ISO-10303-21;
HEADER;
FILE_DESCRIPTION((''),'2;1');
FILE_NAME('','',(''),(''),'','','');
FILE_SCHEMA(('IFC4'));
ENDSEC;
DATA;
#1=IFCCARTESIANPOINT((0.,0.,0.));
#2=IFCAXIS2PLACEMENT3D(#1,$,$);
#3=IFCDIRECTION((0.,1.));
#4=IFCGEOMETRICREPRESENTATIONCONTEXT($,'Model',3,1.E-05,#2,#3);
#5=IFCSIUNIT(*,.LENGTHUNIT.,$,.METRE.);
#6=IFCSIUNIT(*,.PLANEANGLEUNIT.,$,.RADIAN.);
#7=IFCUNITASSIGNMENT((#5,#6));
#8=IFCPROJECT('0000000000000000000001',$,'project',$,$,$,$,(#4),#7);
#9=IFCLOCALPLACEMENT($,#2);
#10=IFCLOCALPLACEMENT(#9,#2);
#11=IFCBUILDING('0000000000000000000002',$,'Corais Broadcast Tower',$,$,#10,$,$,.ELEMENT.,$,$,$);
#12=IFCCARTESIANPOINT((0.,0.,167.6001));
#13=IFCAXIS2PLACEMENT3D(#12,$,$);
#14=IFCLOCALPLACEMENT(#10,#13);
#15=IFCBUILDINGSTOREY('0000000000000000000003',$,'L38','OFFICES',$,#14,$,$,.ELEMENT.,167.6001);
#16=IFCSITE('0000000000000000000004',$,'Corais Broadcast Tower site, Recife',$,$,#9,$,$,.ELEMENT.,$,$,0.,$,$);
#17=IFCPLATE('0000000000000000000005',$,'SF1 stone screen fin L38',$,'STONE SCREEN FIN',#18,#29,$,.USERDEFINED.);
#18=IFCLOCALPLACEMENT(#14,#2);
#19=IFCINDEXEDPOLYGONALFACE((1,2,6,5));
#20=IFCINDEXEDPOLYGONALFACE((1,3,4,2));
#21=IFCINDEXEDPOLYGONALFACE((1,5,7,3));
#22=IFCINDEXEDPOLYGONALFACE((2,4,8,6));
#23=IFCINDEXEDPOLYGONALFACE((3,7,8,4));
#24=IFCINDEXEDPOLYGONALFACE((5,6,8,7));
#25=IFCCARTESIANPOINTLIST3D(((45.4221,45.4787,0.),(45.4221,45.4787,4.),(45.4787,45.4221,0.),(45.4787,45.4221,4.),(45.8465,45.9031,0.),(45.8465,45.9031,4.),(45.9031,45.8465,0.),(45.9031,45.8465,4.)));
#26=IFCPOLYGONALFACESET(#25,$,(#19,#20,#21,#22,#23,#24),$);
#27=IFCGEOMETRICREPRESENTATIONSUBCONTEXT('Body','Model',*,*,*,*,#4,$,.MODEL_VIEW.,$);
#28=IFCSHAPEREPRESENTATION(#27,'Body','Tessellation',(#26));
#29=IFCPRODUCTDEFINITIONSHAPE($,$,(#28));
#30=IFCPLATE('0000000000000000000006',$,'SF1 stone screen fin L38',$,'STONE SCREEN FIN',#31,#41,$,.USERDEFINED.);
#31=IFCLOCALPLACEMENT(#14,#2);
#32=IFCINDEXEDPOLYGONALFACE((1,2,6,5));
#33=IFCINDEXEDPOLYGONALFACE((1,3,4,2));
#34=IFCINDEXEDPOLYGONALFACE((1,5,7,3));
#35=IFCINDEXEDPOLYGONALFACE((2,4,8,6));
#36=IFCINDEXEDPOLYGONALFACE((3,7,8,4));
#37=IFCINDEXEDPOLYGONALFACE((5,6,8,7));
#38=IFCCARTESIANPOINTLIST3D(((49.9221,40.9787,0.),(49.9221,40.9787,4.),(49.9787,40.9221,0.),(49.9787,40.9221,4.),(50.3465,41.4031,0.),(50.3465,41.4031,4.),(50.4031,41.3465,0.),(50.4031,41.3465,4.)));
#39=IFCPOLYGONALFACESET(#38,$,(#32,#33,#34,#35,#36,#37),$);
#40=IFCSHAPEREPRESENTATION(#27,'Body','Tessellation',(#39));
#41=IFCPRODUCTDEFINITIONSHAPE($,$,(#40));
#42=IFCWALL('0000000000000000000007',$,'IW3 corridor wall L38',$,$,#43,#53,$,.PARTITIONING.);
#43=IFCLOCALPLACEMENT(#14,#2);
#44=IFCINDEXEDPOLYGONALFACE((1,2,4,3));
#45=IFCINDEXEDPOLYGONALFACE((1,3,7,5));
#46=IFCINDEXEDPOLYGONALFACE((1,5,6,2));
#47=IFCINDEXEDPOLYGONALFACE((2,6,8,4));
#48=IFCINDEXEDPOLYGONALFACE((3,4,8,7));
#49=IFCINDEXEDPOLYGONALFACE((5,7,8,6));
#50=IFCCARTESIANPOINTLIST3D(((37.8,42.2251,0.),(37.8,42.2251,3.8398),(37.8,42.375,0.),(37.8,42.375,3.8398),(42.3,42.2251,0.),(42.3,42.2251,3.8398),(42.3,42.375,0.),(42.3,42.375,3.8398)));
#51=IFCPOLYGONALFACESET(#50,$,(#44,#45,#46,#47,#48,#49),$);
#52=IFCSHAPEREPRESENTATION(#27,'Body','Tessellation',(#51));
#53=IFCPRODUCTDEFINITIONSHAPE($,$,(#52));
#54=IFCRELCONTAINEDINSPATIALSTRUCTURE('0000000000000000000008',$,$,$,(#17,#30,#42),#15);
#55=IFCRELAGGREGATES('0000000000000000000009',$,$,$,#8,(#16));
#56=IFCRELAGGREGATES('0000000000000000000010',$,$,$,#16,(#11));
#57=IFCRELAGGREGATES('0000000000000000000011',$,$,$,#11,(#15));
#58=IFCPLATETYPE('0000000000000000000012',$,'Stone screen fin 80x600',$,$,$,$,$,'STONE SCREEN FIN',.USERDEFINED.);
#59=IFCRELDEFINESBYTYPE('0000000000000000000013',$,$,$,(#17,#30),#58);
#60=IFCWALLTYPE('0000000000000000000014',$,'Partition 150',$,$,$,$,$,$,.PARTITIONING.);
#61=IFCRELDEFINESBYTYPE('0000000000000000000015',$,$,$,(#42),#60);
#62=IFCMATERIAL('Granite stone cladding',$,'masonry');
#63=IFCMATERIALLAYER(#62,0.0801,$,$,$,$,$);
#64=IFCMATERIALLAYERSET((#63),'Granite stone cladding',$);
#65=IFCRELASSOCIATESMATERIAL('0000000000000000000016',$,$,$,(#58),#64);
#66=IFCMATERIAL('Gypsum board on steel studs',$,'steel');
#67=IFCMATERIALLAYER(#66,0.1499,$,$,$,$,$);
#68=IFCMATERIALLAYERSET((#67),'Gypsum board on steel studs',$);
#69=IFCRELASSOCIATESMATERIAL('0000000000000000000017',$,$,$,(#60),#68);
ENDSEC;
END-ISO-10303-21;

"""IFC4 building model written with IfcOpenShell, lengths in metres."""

from ifc_helpers import new_model, si_unit, direction, frame, frame_2d, origin, origin_2d, place, context, subcontext, project, spatial, rectangle, extrude, material, layer, layer_set, type_object, element, save


model = new_model("IFC4")

# Units and contexts
model_context = context("Model", 3, precision=1e-05, world=origin(), true_north=direction((0.0, 1.0)))
body_context = subcontext(model_context, "Body", "Model", "MODEL_VIEW")
ifc_project = project(units=[si_unit("LENGTHUNIT", "METRE"), si_unit("PLANEANGLEUNIT", "RADIAN")], contexts=[model_context])

# Site, building, storey
site_placement = place(None, origin())
site = spatial("IfcSite", under=ifc_project, at=site_placement, Name="Corais Broadcast Tower site, Recife", CompositionType="ELEMENT", RefElevation=0.0)
building_placement = place(site_placement, origin())
building = spatial("IfcBuilding", under=site, at=building_placement, Name="Corais Broadcast Tower", CompositionType="ELEMENT")
storey_placement = place(building_placement, frame((0.0, 0.0, 167.6001)))
storey = spatial("IfcBuildingStorey", under=building, at=storey_placement, Name="L38", Description="OFFICES", CompositionType="ELEMENT", Elevation=167.6001)

# Plates
ifc_material_1 = material(Name="Granite stone cladding", Category="masonry")
ifc_layer_1 = layer(ifc_material_1, 0.0801)
ifc_layer_set_1 = layer_set([ifc_layer_1], Name="Granite stone cladding")
plate_type_1 = type_object("IfcPlateType", Name="Stone screen fin 80x600", ElementType="STONE SCREEN FIN", PredefinedType="USERDEFINED", material=ifc_layer_set_1)
for number, where, z_axis, x_axis, name in (
    (1, (45.6626, 45.6626, 0.0), (0.0, 0.0, 1.0), (0.707107, -0.707107, 0.0), "SF1 stone screen fin L38"),
    (2, (50.1626, 41.1626, 0.0), (0.0, 0.0, 1.0), (0.707107, -0.707107, 0.0), "SF1 stone screen fin L38"),
):
    element("IfcPlate", number, at=place(storey_placement, frame(where, z_axis=z_axis, x_axis=x_axis)), inside=storey, type_object=plate_type_1, Name=name, ObjectType="STONE SCREEN FIN", PredefinedType="USERDEFINED", context=body_context, shape_type="SweptSolid", body=[
        extrude(rectangle(XDim=0.0801, YDim=0.6001, at=origin_2d()), origin(), (0.0, 0.0, 1.0), 4.0),
    ])

# Wall
ifc_material_2 = material(Name="Gypsum board on steel studs", Category="steel")
ifc_layer_2 = layer(ifc_material_2, 0.1499)
ifc_layer_set_2 = layer_set([ifc_layer_2], Name="Gypsum board on steel studs")
wall_type = type_object("IfcWallType", Name="Partition 150", PredefinedType="PARTITIONING", material=ifc_layer_set_2)
wall_placement = place(storey_placement, frame((42.3, 42.3, 0.0), z_axis=(0.0, 0.0, 1.0), x_axis=(-1.0, 0.0, 0.0)))
element("IfcWall", 3, at=wall_placement, inside=storey, type_object=wall_type, Name="IW3 corridor wall L38", PredefinedType="PARTITIONING", context=body_context, shape_type="SweptSolid", body=[
    extrude(rectangle(XDim=4.5, YDim=0.1499, at=frame_2d((2.25, 0.0))), origin(), (0.0, 0.0, 1.0), 3.8398),
])

save(model, "model.ifc")
